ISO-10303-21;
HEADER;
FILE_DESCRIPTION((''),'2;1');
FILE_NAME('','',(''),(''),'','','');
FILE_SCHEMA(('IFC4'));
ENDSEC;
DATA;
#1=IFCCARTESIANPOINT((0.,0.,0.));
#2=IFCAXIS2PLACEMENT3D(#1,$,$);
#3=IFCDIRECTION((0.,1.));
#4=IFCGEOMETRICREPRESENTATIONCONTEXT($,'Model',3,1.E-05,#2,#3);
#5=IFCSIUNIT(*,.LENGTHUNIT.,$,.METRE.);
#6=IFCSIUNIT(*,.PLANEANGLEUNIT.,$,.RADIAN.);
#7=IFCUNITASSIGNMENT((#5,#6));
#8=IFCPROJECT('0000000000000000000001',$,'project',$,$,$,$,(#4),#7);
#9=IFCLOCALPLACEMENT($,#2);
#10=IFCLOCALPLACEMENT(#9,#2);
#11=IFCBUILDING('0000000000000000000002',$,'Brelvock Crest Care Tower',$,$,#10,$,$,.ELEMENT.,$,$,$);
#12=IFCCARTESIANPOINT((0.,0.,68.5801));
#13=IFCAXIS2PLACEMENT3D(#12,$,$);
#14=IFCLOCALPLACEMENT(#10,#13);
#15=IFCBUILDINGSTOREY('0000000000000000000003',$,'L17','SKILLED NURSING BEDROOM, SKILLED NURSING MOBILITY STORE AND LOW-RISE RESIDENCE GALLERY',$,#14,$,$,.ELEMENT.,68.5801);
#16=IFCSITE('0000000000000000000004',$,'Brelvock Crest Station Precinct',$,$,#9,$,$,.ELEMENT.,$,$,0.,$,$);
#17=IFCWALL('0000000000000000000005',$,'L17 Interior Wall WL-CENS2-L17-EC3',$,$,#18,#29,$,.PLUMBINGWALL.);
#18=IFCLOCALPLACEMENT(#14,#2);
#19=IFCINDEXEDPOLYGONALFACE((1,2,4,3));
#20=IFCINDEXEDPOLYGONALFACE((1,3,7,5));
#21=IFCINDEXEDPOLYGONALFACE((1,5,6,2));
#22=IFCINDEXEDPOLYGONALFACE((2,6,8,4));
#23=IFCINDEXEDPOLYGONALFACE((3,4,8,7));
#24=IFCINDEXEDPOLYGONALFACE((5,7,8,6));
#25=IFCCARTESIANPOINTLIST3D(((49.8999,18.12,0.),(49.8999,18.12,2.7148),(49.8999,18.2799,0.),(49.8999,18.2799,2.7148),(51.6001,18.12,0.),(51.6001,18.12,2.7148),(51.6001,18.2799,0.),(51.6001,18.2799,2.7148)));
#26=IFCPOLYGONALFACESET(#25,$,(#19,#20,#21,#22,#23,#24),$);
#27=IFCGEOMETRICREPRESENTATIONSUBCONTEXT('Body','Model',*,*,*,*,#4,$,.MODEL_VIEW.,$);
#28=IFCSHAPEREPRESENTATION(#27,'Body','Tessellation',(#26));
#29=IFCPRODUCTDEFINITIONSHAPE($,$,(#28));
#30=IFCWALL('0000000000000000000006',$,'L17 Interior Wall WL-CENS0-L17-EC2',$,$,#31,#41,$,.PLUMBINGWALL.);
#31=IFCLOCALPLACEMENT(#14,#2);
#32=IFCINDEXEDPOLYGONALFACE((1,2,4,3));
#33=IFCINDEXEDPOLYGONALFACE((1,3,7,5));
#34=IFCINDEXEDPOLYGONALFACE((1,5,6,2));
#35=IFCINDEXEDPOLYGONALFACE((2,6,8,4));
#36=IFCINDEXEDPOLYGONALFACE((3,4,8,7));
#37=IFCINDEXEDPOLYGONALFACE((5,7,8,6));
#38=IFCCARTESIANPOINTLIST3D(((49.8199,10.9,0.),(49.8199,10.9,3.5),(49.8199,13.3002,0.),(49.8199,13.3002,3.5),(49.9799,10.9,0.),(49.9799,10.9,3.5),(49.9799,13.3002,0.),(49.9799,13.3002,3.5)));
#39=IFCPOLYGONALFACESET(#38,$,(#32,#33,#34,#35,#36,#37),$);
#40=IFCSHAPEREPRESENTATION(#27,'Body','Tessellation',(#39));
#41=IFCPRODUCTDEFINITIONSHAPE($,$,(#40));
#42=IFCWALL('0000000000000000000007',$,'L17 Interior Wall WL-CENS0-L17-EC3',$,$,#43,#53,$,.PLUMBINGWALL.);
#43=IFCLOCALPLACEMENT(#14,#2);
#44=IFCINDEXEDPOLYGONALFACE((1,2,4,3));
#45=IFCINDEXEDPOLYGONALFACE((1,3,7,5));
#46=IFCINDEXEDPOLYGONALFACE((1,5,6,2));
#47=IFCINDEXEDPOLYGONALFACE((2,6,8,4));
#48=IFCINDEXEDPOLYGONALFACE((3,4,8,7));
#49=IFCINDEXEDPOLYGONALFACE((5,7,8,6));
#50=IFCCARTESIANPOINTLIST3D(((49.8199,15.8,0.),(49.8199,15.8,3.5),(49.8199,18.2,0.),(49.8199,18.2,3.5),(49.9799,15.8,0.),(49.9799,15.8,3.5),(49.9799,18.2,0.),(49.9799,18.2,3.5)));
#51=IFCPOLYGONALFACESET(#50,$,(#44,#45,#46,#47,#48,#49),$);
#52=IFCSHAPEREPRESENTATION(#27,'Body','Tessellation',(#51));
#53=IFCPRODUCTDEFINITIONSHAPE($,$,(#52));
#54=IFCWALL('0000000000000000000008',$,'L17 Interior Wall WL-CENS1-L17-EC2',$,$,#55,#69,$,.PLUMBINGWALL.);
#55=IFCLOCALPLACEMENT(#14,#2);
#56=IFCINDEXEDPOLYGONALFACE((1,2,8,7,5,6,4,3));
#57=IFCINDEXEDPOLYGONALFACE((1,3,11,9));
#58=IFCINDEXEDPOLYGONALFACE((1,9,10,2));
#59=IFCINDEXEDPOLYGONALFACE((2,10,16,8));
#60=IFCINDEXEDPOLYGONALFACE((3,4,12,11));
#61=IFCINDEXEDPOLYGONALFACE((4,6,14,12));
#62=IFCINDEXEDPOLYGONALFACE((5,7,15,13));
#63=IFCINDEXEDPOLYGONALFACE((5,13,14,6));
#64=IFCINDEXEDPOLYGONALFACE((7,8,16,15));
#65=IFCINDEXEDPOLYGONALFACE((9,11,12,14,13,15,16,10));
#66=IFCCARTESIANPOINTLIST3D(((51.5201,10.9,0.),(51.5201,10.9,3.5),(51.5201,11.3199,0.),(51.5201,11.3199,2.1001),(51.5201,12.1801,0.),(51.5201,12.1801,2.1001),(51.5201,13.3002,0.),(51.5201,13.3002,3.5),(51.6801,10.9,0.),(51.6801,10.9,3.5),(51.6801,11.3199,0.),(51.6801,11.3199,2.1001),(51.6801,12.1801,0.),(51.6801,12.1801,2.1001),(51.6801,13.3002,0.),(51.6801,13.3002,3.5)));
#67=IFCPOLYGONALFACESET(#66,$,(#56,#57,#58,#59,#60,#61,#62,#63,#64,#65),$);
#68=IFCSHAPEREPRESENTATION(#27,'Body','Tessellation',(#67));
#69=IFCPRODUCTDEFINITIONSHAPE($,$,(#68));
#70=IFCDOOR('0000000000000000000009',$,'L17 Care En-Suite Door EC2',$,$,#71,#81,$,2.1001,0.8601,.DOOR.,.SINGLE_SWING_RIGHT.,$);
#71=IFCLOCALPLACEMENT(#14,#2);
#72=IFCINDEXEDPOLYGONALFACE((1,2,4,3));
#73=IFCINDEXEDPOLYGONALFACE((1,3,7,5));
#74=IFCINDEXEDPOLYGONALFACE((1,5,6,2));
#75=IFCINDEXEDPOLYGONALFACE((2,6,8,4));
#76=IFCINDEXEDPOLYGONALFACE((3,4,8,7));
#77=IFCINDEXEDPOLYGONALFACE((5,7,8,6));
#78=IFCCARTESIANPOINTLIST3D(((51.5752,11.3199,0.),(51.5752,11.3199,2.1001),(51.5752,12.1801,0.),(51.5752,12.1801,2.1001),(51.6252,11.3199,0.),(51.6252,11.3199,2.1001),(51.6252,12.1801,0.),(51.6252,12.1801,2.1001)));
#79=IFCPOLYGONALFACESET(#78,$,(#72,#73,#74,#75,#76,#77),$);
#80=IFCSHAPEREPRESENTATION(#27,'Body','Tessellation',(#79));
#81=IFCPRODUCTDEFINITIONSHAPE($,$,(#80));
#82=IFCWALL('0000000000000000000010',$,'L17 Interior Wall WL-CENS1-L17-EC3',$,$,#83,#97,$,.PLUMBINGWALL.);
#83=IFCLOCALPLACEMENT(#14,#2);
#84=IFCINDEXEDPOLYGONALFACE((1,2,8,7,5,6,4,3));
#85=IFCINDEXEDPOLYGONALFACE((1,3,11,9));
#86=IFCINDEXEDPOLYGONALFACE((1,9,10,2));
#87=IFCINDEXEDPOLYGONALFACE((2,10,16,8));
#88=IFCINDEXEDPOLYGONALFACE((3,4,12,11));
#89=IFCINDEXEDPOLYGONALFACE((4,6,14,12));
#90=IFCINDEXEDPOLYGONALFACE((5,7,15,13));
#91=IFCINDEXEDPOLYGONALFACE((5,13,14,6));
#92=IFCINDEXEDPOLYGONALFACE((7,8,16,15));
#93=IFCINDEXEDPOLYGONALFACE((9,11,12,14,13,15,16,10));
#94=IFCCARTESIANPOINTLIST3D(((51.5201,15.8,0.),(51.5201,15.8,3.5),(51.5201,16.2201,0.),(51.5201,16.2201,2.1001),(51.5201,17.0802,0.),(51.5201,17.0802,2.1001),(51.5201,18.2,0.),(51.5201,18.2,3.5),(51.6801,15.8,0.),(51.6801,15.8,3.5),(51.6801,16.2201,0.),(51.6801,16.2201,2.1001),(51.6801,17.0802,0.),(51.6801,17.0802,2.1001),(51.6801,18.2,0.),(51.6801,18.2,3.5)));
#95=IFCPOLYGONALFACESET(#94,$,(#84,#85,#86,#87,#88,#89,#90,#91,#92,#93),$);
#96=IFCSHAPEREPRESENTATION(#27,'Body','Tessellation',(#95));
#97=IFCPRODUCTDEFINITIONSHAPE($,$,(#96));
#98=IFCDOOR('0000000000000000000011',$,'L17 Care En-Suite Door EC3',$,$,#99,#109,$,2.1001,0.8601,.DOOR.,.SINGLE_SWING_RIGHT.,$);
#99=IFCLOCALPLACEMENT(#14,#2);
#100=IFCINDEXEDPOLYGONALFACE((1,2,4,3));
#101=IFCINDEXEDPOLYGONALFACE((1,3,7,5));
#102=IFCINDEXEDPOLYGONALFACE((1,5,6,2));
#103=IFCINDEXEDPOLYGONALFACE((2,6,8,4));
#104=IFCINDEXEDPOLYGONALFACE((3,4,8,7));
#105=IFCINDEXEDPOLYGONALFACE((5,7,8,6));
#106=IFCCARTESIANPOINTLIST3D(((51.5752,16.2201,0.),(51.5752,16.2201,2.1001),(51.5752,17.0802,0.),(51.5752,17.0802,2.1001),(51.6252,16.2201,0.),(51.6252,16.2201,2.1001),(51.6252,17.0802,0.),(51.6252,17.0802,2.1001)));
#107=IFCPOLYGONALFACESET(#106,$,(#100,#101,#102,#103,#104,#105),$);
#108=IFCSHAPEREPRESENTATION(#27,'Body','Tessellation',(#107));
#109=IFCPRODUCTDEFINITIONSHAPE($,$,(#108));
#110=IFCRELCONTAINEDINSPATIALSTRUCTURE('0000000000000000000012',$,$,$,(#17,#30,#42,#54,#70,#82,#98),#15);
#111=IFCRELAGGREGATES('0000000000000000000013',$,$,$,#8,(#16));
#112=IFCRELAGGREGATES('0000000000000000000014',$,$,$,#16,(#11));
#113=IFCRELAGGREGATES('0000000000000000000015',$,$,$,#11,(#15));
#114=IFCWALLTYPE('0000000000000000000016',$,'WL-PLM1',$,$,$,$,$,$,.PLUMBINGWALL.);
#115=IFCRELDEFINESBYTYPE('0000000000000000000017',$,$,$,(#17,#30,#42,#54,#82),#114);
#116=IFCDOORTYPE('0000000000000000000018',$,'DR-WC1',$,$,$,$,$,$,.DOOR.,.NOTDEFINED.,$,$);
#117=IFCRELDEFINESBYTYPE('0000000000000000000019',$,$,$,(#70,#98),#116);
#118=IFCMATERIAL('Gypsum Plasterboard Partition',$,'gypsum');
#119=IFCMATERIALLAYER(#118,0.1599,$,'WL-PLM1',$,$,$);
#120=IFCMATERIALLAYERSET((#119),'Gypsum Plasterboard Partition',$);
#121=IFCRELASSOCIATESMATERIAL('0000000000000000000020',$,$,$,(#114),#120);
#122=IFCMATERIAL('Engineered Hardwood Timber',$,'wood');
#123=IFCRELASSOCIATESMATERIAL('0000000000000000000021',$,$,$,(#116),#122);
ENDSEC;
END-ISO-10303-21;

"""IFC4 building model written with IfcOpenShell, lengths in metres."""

from ifc_helpers import new_model, si_unit, direction, frame, frame_2d, origin, origin_2d, place, context, subcontext, project, spatial, rectangle, extrude, source, transform, mapped, material, layer, layer_set, type_object, element, fill, save


model = new_model("IFC4")

# Units and contexts
model_context = context("Model", 3, precision=1e-05, world=origin(), true_north=direction((0.0, 1.0)))
body_context = subcontext(model_context, "Body", "Model", "MODEL_VIEW")
ifc_project = project(units=[si_unit("LENGTHUNIT", "METRE"), si_unit("PLANEANGLEUNIT", "RADIAN")], contexts=[model_context])

# Site, building, storey
site_placement = place(None, origin())
site = spatial("IfcSite", under=ifc_project, at=site_placement, Name="Brelvock Crest Station Precinct", CompositionType="ELEMENT", RefElevation=0.0)
building_placement = place(site_placement, origin())
building = spatial("IfcBuilding", under=site, at=building_placement, Name="Brelvock Crest Care Tower", CompositionType="ELEMENT")
storey_placement = place(building_placement, frame((0.0, 0.0, 68.5801)))
storey = spatial("IfcBuildingStorey", under=building, at=storey_placement, Name="L17", Description="SKILLED NURSING BEDROOM, SKILLED NURSING MOBILITY STORE AND LOW-RISE RESIDENCE GALLERY", CompositionType="ELEMENT", Elevation=68.5801)

# Shared definitions
ifc_material_1 = material(Name="Engineered Hardwood Timber", Category="wood")

# Walls
ifc_material_2 = material(Name="Gypsum Plasterboard Partition", Category="gypsum")
ifc_layer_1 = layer(ifc_material_2, 0.1599, Name="WL-PLM1")
ifc_layer_set_1 = layer_set([ifc_layer_1], Name="Gypsum Plasterboard Partition")
wall_type_1 = type_object("IfcWallType", Name="WL-PLM1", PredefinedType="PLUMBINGWALL", material=ifc_layer_set_1)
wall_1_placement = place(storey_placement, frame((49.8999, 18.2, 0.0), z_axis=(0.0, 0.0, 1.0), x_axis=(1.0, 0.0, 0.0)))
element("IfcWall", 1, at=wall_1_placement, inside=storey, type_object=wall_type_1, Name="L17 Interior Wall WL-CENS2-L17-EC3", PredefinedType="PLUMBINGWALL", context=body_context, shape_type="SweptSolid", body=[
    extrude(rectangle(XDim=1.7002, YDim=0.1599, at=frame_2d((0.8501, 0.0))), origin(), (0.0, 0.0, 1.0), 2.7148),
])
wall_2_placement = place(storey_placement, frame((49.8999, 10.8999, 0.0), z_axis=(0.0, 0.0, 1.0), x_axis=(0.0, 1.0, 0.0)))
element("IfcWall", 2, at=wall_2_placement, inside=storey, type_object=wall_type_1, Name="L17 Interior Wall WL-CENS0-L17-EC2", PredefinedType="PLUMBINGWALL", context=body_context, shape_type="SweptSolid", body=[
    extrude(rectangle(XDim=2.4001, YDim=0.1599, at=frame_2d((1.2002, 0.0))), origin(), (0.0, 0.0, 1.0), 3.5),
])
wall_3_placement = place(storey_placement, frame((49.8999, 15.8, 0.0), z_axis=(0.0, 0.0, 1.0), x_axis=(0.0, 1.0, 0.0)))
element("IfcWall", 3, at=wall_3_placement, inside=storey, type_object=wall_type_1, Name="L17 Interior Wall WL-CENS0-L17-EC3", PredefinedType="PLUMBINGWALL", context=body_context, shape_type="SweptSolid", body=[
    extrude(rectangle(XDim=2.3999, YDim=0.1599, at=frame_2d((1.2, 0.0))), origin(), (0.0, 0.0, 1.0), 3.5),
])

# Walls, openings, doors
wall_4_placement = place(storey_placement, frame((51.6001, 10.8999, 0.0), z_axis=(0.0, 0.0, 1.0), x_axis=(0.0, 1.0, 0.0)))
wall_4 = element("IfcWall", 4, at=wall_4_placement, inside=storey, type_object=wall_type_1, Name="L17 Interior Wall WL-CENS1-L17-EC2", PredefinedType="PLUMBINGWALL", context=body_context, shape_type="SweptSolid", body=[
    extrude(rectangle(XDim=2.4001, YDim=0.1599, at=frame_2d((1.2002, 0.0))), origin(), (0.0, 0.0, 1.0), 3.5),
])
opening_1_placement = place(wall_4_placement, frame((0.4199, 0.0, 0.0)))
opening_1 = element("IfcOpeningElement", 5, at=opening_1_placement, cuts=wall_4, PredefinedType="OPENING", context=body_context, shape_type="SweptSolid", body=[
    extrude(rectangle(XDim=0.8601, YDim=2.1001, at=origin_2d()), frame((0.4302, 0.0898, 1.05), z_axis=(0.0, -1.0, 0.0), x_axis=(1.0, 0.0, 0.0)), (0.0, 0.0, 1.0), 0.1799),
])
door_type_1 = type_object("IfcDoorType", Name="DR-WC1", OperationType="NOTDEFINED", PredefinedType="DOOR", material=ifc_material_1)
shared_shape_1 = source(origin(), body_context, "Body", "SweptSolid", [
    extrude(rectangle(XDim=0.8601, YDim=2.1001, at=origin_2d()), frame((0.4302, 0.0249, 1.05), z_axis=(0.0, -1.0, 0.0), x_axis=(1.0, 0.0, 0.0)), (0.0, 0.0, 1.0), 0.05),
])
door_1_placement = place(opening_1_placement, origin())
door_1 = element("IfcDoor", 6, at=door_1_placement, inside=storey, type_object=door_type_1, Name="L17 Care En-Suite Door EC2", OperationType="SINGLE_SWING_RIGHT", OverallHeight=2.1001, OverallWidth=0.8601, PredefinedType="DOOR", context=body_context, shape_type="MappedRepresentation", body=[
    mapped(shared_shape_1, transform((0.0, 0.0, 0.0), x_axis=(1.0, 0.0, 0.0), y_axis=(0.0, 1.0, 0.0), z_axis=(0.0, 0.0, 1.0), scale=1.0)),
])
fill(opening_1, door_1)
wall_5_placement = place(storey_placement, frame((51.6001, 15.8, 0.0), z_axis=(0.0, 0.0, 1.0), x_axis=(0.0, 1.0, 0.0)))
wall_5 = element("IfcWall", 7, at=wall_5_placement, inside=storey, type_object=wall_type_1, Name="L17 Interior Wall WL-CENS1-L17-EC3", PredefinedType="PLUMBINGWALL", context=body_context, shape_type="SweptSolid", body=[
    extrude(rectangle(XDim=2.3999, YDim=0.1599, at=frame_2d((1.2, 0.0))), origin(), (0.0, 0.0, 1.0), 3.5),
])
opening_2_placement = place(wall_5_placement, frame((0.4199, 0.0, 0.0)))
opening_2 = element("IfcOpeningElement", 8, at=opening_2_placement, cuts=wall_5, PredefinedType="OPENING", context=body_context, shape_type="SweptSolid", body=[
    extrude(rectangle(XDim=0.8601, YDim=2.1001, at=origin_2d()), frame((0.4302, 0.0898, 1.05), z_axis=(0.0, -1.0, 0.0), x_axis=(1.0, 0.0, 0.0)), (0.0, 0.0, 1.0), 0.1799),
])
door_2_placement = place(opening_2_placement, origin())
door_2 = element("IfcDoor", 9, at=door_2_placement, inside=storey, type_object=door_type_1, Name="L17 Care En-Suite Door EC3", OperationType="SINGLE_SWING_RIGHT", OverallHeight=2.1001, OverallWidth=0.8601, PredefinedType="DOOR", context=body_context, shape_type="MappedRepresentation", body=[
    mapped(shared_shape_1, transform((0.0, 0.0, 0.0), x_axis=(1.0, 0.0, 0.0), y_axis=(0.0, 1.0, 0.0), z_axis=(0.0, 0.0, 1.0), scale=1.0)),
])
fill(opening_2, door_2)

save(model, "model.ifc")
